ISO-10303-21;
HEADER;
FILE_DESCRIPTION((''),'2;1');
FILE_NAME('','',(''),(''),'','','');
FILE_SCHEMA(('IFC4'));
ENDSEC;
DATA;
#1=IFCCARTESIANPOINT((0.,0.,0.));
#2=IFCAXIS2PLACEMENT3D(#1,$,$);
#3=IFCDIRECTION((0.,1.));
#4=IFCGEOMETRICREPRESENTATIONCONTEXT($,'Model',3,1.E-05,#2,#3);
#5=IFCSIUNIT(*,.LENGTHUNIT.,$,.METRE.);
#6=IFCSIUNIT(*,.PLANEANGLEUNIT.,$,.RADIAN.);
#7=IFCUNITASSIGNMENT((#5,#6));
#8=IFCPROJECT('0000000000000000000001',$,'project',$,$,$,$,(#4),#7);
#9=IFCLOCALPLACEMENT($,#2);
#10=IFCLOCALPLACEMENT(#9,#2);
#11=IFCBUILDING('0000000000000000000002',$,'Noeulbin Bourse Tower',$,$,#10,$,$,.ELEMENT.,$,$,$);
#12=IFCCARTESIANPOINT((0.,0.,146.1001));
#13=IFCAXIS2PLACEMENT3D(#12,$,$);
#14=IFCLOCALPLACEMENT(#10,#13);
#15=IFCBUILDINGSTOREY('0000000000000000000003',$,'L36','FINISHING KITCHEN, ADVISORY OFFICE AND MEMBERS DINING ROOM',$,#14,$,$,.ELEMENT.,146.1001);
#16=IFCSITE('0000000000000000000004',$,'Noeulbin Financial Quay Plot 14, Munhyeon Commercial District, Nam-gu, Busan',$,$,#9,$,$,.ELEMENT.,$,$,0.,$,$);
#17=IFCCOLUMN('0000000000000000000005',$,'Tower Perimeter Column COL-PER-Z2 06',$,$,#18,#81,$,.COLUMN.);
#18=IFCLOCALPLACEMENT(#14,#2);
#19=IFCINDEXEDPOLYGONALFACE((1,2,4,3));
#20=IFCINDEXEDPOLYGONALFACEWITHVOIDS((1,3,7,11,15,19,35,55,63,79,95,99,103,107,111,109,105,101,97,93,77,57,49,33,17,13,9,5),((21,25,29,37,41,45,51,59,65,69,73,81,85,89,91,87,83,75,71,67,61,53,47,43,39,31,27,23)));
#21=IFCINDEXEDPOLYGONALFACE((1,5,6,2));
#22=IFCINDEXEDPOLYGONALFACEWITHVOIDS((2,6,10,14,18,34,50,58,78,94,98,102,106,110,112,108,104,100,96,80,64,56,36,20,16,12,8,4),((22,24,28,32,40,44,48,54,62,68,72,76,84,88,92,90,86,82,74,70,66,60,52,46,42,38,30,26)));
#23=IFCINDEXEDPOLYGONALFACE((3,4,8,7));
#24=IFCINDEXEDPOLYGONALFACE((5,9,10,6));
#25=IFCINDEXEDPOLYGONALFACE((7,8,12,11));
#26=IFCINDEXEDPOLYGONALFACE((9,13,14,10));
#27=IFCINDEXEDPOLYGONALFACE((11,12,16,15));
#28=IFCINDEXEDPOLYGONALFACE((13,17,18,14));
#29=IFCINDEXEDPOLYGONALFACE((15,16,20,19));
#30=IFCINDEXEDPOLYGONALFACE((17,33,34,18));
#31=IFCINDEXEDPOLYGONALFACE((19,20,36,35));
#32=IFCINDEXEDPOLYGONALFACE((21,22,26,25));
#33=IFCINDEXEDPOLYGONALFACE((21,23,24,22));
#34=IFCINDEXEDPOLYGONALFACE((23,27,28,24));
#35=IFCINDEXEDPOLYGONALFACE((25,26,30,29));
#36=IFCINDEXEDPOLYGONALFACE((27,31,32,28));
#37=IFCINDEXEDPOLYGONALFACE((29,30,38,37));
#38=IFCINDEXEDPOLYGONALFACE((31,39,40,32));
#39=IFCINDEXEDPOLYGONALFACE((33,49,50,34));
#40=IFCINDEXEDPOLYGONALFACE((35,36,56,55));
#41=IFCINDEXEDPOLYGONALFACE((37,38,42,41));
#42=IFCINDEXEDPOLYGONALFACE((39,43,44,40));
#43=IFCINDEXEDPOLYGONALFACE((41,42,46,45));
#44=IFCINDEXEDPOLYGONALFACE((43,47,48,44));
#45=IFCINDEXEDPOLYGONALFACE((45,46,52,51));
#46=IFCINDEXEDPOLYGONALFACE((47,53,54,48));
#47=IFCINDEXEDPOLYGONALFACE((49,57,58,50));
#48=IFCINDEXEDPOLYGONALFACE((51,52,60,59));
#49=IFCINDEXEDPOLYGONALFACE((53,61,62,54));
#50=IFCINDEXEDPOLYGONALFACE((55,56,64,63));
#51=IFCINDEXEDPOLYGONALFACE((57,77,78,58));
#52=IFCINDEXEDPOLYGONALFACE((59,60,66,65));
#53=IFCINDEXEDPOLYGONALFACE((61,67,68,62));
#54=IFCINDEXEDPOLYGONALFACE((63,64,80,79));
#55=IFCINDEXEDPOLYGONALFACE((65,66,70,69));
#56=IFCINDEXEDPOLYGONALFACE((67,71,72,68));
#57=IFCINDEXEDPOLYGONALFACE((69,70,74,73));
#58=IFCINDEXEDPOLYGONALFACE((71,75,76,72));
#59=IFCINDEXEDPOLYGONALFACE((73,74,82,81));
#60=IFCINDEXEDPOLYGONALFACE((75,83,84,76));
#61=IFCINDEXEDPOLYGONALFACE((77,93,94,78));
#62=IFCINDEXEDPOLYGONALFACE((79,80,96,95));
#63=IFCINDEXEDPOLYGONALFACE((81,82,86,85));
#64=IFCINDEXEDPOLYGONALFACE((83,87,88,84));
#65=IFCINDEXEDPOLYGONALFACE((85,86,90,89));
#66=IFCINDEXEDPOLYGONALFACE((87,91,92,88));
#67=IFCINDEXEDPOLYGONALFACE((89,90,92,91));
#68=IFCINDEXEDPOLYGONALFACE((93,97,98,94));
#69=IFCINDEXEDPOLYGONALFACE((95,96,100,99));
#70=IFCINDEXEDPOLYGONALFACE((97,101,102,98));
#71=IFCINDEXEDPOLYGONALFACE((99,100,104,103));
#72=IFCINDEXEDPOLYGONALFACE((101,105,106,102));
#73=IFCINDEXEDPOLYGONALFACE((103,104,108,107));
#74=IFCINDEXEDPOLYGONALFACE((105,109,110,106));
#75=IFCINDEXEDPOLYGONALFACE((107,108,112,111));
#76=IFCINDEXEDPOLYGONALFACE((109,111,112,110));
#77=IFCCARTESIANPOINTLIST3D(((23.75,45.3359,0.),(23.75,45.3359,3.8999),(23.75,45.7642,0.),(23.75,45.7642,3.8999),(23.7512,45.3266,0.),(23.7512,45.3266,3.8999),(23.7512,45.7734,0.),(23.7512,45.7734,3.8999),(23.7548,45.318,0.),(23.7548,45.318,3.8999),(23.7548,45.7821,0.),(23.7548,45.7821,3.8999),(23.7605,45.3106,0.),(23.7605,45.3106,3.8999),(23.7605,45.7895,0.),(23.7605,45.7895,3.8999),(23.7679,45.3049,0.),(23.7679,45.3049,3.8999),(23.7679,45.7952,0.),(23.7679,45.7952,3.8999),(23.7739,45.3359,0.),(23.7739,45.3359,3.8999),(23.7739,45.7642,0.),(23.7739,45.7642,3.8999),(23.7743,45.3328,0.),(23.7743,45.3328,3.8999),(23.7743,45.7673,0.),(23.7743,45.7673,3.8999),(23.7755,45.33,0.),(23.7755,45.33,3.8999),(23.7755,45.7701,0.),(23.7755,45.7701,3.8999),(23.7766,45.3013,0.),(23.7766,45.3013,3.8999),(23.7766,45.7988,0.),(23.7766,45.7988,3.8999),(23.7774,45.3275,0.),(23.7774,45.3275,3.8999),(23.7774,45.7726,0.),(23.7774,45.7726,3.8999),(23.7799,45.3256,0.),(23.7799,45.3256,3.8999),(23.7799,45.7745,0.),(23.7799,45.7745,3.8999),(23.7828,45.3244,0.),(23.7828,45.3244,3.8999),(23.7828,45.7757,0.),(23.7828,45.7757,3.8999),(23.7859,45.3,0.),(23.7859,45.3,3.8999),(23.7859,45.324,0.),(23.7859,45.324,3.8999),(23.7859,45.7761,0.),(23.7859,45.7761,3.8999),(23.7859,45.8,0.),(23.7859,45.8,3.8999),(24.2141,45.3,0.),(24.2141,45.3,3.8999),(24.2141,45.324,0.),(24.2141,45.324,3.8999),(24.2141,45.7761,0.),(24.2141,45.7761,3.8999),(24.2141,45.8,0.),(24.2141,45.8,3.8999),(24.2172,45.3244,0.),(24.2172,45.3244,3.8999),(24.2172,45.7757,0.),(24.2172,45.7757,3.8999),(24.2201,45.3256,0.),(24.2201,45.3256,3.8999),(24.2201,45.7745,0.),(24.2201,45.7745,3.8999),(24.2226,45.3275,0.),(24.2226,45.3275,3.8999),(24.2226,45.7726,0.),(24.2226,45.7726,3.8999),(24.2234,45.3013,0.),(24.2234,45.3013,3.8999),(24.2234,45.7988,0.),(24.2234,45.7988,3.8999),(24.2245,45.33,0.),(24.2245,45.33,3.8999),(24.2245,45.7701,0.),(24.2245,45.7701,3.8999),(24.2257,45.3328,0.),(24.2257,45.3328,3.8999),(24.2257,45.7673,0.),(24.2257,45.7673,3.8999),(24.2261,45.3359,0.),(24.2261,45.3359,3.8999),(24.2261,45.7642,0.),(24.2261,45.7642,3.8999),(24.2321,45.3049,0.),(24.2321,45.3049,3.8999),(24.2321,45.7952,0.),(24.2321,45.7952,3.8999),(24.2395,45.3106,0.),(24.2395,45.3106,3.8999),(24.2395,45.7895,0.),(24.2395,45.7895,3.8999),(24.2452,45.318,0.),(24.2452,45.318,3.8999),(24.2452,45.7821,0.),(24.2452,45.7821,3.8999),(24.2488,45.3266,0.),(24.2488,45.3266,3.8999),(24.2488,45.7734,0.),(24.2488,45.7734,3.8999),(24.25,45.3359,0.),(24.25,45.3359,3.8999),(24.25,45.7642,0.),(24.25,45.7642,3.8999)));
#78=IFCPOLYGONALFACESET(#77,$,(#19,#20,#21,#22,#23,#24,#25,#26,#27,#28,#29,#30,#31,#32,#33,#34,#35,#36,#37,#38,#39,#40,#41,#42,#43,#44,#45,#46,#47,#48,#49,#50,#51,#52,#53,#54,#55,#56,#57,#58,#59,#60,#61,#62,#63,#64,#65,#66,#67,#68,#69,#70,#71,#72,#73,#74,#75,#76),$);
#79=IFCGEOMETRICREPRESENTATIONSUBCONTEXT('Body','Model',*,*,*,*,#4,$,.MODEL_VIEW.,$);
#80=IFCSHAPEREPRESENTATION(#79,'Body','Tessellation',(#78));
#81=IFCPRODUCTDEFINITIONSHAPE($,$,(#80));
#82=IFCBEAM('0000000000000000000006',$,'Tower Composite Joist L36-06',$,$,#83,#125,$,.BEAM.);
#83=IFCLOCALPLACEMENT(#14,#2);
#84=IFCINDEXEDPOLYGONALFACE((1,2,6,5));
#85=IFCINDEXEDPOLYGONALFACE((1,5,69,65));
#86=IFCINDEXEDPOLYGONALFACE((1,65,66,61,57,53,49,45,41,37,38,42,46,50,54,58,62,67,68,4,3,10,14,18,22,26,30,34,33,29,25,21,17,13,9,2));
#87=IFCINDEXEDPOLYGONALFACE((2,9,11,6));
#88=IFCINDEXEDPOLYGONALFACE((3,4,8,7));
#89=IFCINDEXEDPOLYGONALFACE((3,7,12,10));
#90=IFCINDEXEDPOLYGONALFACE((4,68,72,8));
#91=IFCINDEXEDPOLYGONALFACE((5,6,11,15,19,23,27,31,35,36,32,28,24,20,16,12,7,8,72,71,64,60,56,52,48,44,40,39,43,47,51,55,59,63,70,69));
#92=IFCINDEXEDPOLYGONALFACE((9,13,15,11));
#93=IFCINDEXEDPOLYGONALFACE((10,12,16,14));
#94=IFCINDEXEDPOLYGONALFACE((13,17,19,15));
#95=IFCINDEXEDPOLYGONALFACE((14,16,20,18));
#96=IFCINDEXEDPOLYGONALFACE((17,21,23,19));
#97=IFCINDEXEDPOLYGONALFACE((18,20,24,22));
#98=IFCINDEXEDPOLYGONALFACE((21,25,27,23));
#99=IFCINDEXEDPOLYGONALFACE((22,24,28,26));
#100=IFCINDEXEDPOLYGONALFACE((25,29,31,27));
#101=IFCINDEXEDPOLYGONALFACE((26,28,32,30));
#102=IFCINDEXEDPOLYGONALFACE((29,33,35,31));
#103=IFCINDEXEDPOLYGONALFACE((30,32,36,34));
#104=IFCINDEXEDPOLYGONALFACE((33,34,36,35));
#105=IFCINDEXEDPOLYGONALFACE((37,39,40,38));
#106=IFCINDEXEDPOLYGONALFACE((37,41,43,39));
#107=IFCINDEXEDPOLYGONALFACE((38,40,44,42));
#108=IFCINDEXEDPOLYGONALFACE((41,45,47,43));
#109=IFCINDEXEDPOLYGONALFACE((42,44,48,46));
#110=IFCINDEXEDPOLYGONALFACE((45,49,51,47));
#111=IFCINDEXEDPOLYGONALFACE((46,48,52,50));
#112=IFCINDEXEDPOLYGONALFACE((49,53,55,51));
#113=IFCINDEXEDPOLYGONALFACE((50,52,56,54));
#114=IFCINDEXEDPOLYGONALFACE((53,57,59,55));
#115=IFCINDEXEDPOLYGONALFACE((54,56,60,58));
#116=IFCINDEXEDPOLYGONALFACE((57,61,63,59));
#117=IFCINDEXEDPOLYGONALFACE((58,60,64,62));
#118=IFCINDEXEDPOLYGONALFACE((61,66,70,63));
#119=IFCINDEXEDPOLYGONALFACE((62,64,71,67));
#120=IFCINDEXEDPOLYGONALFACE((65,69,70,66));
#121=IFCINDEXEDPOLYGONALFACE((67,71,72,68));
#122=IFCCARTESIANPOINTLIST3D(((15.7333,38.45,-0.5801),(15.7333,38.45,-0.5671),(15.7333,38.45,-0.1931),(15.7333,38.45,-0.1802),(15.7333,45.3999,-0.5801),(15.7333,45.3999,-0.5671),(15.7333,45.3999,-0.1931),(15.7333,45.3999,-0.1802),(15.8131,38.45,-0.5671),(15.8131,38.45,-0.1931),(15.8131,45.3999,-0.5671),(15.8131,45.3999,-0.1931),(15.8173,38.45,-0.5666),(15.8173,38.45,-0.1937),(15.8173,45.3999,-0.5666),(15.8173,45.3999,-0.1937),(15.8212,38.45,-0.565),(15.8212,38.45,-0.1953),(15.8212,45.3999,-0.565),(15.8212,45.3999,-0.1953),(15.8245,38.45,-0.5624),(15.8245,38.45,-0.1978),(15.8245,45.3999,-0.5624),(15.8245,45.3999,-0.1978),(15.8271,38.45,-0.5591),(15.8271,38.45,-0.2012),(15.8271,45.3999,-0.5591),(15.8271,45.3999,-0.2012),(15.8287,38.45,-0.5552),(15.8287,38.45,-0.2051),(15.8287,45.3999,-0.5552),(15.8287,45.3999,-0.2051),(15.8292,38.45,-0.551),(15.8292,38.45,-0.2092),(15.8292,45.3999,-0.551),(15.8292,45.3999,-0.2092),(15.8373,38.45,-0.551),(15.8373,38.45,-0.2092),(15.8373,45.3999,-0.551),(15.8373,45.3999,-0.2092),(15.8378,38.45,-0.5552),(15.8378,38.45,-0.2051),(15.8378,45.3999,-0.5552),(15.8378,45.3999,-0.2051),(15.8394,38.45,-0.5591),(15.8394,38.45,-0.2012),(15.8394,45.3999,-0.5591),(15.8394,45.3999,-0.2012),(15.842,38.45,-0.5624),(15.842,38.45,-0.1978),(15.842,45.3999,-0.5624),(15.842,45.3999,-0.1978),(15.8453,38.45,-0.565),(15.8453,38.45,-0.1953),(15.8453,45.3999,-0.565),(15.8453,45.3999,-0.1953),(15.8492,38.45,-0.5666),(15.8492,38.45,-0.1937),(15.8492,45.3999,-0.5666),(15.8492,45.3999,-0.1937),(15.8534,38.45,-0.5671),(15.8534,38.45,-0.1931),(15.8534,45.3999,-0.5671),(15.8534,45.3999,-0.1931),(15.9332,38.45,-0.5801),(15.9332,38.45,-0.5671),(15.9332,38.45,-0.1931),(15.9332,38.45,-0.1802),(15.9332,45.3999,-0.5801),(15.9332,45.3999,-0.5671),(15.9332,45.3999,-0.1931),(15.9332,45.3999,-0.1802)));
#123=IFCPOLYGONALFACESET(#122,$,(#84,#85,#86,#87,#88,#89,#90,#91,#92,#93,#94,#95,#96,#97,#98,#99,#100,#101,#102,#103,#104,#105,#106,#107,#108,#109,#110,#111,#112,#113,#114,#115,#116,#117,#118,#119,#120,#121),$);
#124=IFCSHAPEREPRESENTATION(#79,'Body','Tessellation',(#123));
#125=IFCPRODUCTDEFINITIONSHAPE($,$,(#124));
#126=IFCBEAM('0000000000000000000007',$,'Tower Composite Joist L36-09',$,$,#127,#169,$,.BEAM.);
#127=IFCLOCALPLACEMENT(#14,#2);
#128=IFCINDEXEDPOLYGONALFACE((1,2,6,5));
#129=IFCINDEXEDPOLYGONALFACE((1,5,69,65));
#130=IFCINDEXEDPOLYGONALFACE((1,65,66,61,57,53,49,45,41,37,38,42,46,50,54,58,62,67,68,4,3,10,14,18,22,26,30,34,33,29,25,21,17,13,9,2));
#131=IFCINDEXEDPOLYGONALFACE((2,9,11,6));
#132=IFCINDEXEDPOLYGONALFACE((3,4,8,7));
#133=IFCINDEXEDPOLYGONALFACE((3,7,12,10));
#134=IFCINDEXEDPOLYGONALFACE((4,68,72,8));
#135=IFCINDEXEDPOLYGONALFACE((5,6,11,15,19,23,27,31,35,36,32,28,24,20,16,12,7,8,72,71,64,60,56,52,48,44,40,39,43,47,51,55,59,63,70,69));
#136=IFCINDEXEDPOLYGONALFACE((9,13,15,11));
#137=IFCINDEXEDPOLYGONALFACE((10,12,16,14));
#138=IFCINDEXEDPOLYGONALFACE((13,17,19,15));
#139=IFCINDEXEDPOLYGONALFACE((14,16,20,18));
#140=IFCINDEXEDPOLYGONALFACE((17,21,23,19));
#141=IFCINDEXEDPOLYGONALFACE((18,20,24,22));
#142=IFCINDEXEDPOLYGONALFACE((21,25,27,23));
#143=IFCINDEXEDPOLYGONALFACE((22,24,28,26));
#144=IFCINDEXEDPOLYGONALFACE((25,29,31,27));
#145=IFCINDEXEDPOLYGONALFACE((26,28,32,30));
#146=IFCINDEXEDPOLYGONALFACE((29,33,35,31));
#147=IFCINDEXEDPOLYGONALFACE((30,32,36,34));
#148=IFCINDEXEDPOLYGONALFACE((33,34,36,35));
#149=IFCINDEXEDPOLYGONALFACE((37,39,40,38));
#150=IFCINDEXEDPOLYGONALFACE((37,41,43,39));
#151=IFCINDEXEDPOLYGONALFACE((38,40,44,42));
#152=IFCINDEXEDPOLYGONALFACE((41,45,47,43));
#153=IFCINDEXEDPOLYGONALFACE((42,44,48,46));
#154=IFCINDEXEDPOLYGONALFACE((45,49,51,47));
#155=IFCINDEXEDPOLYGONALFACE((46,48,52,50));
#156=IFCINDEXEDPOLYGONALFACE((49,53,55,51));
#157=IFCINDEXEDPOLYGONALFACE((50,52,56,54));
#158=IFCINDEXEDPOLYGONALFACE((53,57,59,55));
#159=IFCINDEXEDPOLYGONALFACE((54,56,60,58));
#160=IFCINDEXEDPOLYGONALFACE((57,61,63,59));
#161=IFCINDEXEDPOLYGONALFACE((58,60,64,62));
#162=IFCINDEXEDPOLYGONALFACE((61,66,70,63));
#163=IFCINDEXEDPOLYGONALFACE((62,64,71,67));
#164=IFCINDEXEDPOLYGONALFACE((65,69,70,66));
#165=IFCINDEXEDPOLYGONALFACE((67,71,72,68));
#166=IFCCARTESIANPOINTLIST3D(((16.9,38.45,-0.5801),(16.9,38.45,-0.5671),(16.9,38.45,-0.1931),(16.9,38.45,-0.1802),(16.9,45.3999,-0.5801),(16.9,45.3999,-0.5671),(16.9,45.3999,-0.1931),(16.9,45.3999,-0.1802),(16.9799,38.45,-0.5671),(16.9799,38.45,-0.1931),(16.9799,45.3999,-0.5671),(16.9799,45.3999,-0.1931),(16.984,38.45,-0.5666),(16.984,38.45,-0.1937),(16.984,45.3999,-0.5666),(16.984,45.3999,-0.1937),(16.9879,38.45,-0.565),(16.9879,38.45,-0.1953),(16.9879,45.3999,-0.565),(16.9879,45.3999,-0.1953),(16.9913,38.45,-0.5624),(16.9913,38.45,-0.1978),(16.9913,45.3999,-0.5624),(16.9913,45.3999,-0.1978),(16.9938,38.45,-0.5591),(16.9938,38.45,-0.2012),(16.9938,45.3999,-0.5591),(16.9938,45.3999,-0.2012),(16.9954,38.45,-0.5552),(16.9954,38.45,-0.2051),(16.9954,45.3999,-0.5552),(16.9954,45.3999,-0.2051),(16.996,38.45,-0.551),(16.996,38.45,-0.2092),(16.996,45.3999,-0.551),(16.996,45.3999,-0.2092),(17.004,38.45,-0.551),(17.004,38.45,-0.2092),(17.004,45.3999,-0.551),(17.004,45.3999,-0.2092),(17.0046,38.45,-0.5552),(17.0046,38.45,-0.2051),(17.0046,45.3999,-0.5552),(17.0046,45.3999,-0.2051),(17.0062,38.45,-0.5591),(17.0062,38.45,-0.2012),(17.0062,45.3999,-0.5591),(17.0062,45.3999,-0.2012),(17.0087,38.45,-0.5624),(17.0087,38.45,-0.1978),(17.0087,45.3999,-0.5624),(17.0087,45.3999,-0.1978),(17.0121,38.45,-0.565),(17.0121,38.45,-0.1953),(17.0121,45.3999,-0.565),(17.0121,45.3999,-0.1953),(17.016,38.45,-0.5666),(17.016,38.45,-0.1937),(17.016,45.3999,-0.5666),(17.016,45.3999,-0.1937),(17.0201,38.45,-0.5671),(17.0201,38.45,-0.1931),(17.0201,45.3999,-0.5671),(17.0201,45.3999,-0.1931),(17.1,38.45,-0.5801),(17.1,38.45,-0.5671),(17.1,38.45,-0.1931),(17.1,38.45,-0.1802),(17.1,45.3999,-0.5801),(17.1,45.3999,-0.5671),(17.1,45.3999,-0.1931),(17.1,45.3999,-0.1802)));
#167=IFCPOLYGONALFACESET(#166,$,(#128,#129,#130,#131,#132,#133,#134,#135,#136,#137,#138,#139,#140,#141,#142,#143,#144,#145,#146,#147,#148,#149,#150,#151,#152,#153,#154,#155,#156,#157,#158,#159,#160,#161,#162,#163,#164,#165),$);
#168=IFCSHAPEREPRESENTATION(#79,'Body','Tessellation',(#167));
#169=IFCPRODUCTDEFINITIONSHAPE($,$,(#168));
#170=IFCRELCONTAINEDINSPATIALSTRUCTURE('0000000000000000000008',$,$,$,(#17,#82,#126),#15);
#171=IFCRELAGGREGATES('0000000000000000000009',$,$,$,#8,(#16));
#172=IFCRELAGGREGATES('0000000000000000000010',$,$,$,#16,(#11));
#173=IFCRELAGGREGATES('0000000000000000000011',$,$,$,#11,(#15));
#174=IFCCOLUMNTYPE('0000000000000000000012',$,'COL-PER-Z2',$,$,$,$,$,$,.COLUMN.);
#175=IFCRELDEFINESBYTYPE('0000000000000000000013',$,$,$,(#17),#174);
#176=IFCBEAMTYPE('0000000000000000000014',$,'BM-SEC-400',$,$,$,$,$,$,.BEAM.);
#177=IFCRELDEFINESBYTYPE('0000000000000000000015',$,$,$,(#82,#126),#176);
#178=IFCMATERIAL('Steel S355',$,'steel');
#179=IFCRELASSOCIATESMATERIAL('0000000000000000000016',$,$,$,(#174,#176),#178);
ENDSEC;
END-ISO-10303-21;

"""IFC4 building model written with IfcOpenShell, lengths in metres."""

from ifc_helpers import new_model, si_unit, direction, frame, origin, origin_2d, place, context, subcontext, project, spatial, hollow_rectangle, i_section, extrude, material, material_profile, profile_set, type_object, element, save


model = new_model("IFC4")

# Units and contexts
model_context = context("Model", 3, precision=1e-05, world=origin(), true_north=direction((0.0, 1.0)))
body_context = subcontext(model_context, "Body", "Model", "MODEL_VIEW")
ifc_project = project(units=[si_unit("LENGTHUNIT", "METRE"), si_unit("PLANEANGLEUNIT", "RADIAN")], contexts=[model_context])

# Site, building, storey
site_placement = place(None, origin())
site = spatial("IfcSite", under=ifc_project, at=site_placement, Name="Noeulbin Financial Quay Plot 14, Munhyeon Commercial District, Nam-gu, Busan", CompositionType="ELEMENT", RefElevation=0.0)
building_placement = place(site_placement, origin())
building = spatial("IfcBuilding", under=site, at=building_placement, Name="Noeulbin Bourse Tower", CompositionType="ELEMENT")
storey_placement = place(building_placement, frame((0.0, 0.0, 146.1001)))
storey = spatial("IfcBuildingStorey", under=building, at=storey_placement, Name="L36", Description="FINISHING KITCHEN, ADVISORY OFFICE AND MEMBERS DINING ROOM", CompositionType="ELEMENT", Elevation=146.1001)

# Column
ifc_material_1 = material(Name="Steel S355", Category="steel")
ifc_material_profile_1 = material_profile(ifc_material_1, hollow_rectangle(XDim=0.5, YDim=0.5, WallThickness=0.0239, InnerFilletRadius=0.012, OuterFilletRadius=0.0359, at=origin_2d()), Name="BOX-500x500x24", Category="LoadBearing")
ifc_profile_set_1 = profile_set([ifc_material_profile_1], Name="Steel S355")
column_type = type_object("IfcColumnType", Name="COL-PER-Z2", PredefinedType="COLUMN", material=ifc_profile_set_1)
column_placement = place(storey_placement, frame((24.0, 45.55, 0.0), z_axis=(0.0, 0.0, 1.0), x_axis=(1.0, 0.0, 0.0)))
element("IfcColumn", 1, at=column_placement, inside=storey, type_object=column_type, Name="Tower Perimeter Column COL-PER-Z2 06", PredefinedType="COLUMN", context=body_context, shape_type="SweptSolid", body=[
    extrude(hollow_rectangle(XDim=0.5, YDim=0.5, WallThickness=0.0239, InnerFilletRadius=0.012, OuterFilletRadius=0.0359, at=origin_2d()), origin(), (0.0, 0.0, 1.0), 3.8999),
])

# Beams
ifc_material_profile_2 = material_profile(ifc_material_1, i_section(OverallWidth=0.2, OverallDepth=0.3999, WebThickness=0.0081, FlangeThickness=0.0129, FilletRadius=0.0161, at=origin_2d()), Name="H-400x200x8x13", Category="LoadBearing")
ifc_profile_set_2 = profile_set([ifc_material_profile_2], Name="Steel S355")
beam_type_1 = type_object("IfcBeamType", Name="BM-SEC-400", PredefinedType="BEAM", material=ifc_profile_set_2)
for number, where, z_axis, x_axis, name in (
    (2, (15.8333, 38.45, -0.3801), (0.0, 1.0, 0.0), (-1.0, 0.0, 0.0), "Tower Composite Joist L36-06"),
    (3, (17.0, 38.45, -0.3801), (0.0, 1.0, 0.0), (-1.0, 0.0, 0.0), "Tower Composite Joist L36-09"),
):
    element("IfcBeam", number, at=place(storey_placement, frame(where, z_axis=z_axis, x_axis=x_axis)), inside=storey, type_object=beam_type_1, Name=name, PredefinedType="BEAM", context=body_context, shape_type="SweptSolid", body=[
        extrude(i_section(OverallWidth=0.2, OverallDepth=0.3999, WebThickness=0.0081, FlangeThickness=0.0129, FilletRadius=0.0161, at=origin_2d()), origin(), (0.0, 0.0, 1.0), 6.95),
    ])

save(model, "model.ifc")
